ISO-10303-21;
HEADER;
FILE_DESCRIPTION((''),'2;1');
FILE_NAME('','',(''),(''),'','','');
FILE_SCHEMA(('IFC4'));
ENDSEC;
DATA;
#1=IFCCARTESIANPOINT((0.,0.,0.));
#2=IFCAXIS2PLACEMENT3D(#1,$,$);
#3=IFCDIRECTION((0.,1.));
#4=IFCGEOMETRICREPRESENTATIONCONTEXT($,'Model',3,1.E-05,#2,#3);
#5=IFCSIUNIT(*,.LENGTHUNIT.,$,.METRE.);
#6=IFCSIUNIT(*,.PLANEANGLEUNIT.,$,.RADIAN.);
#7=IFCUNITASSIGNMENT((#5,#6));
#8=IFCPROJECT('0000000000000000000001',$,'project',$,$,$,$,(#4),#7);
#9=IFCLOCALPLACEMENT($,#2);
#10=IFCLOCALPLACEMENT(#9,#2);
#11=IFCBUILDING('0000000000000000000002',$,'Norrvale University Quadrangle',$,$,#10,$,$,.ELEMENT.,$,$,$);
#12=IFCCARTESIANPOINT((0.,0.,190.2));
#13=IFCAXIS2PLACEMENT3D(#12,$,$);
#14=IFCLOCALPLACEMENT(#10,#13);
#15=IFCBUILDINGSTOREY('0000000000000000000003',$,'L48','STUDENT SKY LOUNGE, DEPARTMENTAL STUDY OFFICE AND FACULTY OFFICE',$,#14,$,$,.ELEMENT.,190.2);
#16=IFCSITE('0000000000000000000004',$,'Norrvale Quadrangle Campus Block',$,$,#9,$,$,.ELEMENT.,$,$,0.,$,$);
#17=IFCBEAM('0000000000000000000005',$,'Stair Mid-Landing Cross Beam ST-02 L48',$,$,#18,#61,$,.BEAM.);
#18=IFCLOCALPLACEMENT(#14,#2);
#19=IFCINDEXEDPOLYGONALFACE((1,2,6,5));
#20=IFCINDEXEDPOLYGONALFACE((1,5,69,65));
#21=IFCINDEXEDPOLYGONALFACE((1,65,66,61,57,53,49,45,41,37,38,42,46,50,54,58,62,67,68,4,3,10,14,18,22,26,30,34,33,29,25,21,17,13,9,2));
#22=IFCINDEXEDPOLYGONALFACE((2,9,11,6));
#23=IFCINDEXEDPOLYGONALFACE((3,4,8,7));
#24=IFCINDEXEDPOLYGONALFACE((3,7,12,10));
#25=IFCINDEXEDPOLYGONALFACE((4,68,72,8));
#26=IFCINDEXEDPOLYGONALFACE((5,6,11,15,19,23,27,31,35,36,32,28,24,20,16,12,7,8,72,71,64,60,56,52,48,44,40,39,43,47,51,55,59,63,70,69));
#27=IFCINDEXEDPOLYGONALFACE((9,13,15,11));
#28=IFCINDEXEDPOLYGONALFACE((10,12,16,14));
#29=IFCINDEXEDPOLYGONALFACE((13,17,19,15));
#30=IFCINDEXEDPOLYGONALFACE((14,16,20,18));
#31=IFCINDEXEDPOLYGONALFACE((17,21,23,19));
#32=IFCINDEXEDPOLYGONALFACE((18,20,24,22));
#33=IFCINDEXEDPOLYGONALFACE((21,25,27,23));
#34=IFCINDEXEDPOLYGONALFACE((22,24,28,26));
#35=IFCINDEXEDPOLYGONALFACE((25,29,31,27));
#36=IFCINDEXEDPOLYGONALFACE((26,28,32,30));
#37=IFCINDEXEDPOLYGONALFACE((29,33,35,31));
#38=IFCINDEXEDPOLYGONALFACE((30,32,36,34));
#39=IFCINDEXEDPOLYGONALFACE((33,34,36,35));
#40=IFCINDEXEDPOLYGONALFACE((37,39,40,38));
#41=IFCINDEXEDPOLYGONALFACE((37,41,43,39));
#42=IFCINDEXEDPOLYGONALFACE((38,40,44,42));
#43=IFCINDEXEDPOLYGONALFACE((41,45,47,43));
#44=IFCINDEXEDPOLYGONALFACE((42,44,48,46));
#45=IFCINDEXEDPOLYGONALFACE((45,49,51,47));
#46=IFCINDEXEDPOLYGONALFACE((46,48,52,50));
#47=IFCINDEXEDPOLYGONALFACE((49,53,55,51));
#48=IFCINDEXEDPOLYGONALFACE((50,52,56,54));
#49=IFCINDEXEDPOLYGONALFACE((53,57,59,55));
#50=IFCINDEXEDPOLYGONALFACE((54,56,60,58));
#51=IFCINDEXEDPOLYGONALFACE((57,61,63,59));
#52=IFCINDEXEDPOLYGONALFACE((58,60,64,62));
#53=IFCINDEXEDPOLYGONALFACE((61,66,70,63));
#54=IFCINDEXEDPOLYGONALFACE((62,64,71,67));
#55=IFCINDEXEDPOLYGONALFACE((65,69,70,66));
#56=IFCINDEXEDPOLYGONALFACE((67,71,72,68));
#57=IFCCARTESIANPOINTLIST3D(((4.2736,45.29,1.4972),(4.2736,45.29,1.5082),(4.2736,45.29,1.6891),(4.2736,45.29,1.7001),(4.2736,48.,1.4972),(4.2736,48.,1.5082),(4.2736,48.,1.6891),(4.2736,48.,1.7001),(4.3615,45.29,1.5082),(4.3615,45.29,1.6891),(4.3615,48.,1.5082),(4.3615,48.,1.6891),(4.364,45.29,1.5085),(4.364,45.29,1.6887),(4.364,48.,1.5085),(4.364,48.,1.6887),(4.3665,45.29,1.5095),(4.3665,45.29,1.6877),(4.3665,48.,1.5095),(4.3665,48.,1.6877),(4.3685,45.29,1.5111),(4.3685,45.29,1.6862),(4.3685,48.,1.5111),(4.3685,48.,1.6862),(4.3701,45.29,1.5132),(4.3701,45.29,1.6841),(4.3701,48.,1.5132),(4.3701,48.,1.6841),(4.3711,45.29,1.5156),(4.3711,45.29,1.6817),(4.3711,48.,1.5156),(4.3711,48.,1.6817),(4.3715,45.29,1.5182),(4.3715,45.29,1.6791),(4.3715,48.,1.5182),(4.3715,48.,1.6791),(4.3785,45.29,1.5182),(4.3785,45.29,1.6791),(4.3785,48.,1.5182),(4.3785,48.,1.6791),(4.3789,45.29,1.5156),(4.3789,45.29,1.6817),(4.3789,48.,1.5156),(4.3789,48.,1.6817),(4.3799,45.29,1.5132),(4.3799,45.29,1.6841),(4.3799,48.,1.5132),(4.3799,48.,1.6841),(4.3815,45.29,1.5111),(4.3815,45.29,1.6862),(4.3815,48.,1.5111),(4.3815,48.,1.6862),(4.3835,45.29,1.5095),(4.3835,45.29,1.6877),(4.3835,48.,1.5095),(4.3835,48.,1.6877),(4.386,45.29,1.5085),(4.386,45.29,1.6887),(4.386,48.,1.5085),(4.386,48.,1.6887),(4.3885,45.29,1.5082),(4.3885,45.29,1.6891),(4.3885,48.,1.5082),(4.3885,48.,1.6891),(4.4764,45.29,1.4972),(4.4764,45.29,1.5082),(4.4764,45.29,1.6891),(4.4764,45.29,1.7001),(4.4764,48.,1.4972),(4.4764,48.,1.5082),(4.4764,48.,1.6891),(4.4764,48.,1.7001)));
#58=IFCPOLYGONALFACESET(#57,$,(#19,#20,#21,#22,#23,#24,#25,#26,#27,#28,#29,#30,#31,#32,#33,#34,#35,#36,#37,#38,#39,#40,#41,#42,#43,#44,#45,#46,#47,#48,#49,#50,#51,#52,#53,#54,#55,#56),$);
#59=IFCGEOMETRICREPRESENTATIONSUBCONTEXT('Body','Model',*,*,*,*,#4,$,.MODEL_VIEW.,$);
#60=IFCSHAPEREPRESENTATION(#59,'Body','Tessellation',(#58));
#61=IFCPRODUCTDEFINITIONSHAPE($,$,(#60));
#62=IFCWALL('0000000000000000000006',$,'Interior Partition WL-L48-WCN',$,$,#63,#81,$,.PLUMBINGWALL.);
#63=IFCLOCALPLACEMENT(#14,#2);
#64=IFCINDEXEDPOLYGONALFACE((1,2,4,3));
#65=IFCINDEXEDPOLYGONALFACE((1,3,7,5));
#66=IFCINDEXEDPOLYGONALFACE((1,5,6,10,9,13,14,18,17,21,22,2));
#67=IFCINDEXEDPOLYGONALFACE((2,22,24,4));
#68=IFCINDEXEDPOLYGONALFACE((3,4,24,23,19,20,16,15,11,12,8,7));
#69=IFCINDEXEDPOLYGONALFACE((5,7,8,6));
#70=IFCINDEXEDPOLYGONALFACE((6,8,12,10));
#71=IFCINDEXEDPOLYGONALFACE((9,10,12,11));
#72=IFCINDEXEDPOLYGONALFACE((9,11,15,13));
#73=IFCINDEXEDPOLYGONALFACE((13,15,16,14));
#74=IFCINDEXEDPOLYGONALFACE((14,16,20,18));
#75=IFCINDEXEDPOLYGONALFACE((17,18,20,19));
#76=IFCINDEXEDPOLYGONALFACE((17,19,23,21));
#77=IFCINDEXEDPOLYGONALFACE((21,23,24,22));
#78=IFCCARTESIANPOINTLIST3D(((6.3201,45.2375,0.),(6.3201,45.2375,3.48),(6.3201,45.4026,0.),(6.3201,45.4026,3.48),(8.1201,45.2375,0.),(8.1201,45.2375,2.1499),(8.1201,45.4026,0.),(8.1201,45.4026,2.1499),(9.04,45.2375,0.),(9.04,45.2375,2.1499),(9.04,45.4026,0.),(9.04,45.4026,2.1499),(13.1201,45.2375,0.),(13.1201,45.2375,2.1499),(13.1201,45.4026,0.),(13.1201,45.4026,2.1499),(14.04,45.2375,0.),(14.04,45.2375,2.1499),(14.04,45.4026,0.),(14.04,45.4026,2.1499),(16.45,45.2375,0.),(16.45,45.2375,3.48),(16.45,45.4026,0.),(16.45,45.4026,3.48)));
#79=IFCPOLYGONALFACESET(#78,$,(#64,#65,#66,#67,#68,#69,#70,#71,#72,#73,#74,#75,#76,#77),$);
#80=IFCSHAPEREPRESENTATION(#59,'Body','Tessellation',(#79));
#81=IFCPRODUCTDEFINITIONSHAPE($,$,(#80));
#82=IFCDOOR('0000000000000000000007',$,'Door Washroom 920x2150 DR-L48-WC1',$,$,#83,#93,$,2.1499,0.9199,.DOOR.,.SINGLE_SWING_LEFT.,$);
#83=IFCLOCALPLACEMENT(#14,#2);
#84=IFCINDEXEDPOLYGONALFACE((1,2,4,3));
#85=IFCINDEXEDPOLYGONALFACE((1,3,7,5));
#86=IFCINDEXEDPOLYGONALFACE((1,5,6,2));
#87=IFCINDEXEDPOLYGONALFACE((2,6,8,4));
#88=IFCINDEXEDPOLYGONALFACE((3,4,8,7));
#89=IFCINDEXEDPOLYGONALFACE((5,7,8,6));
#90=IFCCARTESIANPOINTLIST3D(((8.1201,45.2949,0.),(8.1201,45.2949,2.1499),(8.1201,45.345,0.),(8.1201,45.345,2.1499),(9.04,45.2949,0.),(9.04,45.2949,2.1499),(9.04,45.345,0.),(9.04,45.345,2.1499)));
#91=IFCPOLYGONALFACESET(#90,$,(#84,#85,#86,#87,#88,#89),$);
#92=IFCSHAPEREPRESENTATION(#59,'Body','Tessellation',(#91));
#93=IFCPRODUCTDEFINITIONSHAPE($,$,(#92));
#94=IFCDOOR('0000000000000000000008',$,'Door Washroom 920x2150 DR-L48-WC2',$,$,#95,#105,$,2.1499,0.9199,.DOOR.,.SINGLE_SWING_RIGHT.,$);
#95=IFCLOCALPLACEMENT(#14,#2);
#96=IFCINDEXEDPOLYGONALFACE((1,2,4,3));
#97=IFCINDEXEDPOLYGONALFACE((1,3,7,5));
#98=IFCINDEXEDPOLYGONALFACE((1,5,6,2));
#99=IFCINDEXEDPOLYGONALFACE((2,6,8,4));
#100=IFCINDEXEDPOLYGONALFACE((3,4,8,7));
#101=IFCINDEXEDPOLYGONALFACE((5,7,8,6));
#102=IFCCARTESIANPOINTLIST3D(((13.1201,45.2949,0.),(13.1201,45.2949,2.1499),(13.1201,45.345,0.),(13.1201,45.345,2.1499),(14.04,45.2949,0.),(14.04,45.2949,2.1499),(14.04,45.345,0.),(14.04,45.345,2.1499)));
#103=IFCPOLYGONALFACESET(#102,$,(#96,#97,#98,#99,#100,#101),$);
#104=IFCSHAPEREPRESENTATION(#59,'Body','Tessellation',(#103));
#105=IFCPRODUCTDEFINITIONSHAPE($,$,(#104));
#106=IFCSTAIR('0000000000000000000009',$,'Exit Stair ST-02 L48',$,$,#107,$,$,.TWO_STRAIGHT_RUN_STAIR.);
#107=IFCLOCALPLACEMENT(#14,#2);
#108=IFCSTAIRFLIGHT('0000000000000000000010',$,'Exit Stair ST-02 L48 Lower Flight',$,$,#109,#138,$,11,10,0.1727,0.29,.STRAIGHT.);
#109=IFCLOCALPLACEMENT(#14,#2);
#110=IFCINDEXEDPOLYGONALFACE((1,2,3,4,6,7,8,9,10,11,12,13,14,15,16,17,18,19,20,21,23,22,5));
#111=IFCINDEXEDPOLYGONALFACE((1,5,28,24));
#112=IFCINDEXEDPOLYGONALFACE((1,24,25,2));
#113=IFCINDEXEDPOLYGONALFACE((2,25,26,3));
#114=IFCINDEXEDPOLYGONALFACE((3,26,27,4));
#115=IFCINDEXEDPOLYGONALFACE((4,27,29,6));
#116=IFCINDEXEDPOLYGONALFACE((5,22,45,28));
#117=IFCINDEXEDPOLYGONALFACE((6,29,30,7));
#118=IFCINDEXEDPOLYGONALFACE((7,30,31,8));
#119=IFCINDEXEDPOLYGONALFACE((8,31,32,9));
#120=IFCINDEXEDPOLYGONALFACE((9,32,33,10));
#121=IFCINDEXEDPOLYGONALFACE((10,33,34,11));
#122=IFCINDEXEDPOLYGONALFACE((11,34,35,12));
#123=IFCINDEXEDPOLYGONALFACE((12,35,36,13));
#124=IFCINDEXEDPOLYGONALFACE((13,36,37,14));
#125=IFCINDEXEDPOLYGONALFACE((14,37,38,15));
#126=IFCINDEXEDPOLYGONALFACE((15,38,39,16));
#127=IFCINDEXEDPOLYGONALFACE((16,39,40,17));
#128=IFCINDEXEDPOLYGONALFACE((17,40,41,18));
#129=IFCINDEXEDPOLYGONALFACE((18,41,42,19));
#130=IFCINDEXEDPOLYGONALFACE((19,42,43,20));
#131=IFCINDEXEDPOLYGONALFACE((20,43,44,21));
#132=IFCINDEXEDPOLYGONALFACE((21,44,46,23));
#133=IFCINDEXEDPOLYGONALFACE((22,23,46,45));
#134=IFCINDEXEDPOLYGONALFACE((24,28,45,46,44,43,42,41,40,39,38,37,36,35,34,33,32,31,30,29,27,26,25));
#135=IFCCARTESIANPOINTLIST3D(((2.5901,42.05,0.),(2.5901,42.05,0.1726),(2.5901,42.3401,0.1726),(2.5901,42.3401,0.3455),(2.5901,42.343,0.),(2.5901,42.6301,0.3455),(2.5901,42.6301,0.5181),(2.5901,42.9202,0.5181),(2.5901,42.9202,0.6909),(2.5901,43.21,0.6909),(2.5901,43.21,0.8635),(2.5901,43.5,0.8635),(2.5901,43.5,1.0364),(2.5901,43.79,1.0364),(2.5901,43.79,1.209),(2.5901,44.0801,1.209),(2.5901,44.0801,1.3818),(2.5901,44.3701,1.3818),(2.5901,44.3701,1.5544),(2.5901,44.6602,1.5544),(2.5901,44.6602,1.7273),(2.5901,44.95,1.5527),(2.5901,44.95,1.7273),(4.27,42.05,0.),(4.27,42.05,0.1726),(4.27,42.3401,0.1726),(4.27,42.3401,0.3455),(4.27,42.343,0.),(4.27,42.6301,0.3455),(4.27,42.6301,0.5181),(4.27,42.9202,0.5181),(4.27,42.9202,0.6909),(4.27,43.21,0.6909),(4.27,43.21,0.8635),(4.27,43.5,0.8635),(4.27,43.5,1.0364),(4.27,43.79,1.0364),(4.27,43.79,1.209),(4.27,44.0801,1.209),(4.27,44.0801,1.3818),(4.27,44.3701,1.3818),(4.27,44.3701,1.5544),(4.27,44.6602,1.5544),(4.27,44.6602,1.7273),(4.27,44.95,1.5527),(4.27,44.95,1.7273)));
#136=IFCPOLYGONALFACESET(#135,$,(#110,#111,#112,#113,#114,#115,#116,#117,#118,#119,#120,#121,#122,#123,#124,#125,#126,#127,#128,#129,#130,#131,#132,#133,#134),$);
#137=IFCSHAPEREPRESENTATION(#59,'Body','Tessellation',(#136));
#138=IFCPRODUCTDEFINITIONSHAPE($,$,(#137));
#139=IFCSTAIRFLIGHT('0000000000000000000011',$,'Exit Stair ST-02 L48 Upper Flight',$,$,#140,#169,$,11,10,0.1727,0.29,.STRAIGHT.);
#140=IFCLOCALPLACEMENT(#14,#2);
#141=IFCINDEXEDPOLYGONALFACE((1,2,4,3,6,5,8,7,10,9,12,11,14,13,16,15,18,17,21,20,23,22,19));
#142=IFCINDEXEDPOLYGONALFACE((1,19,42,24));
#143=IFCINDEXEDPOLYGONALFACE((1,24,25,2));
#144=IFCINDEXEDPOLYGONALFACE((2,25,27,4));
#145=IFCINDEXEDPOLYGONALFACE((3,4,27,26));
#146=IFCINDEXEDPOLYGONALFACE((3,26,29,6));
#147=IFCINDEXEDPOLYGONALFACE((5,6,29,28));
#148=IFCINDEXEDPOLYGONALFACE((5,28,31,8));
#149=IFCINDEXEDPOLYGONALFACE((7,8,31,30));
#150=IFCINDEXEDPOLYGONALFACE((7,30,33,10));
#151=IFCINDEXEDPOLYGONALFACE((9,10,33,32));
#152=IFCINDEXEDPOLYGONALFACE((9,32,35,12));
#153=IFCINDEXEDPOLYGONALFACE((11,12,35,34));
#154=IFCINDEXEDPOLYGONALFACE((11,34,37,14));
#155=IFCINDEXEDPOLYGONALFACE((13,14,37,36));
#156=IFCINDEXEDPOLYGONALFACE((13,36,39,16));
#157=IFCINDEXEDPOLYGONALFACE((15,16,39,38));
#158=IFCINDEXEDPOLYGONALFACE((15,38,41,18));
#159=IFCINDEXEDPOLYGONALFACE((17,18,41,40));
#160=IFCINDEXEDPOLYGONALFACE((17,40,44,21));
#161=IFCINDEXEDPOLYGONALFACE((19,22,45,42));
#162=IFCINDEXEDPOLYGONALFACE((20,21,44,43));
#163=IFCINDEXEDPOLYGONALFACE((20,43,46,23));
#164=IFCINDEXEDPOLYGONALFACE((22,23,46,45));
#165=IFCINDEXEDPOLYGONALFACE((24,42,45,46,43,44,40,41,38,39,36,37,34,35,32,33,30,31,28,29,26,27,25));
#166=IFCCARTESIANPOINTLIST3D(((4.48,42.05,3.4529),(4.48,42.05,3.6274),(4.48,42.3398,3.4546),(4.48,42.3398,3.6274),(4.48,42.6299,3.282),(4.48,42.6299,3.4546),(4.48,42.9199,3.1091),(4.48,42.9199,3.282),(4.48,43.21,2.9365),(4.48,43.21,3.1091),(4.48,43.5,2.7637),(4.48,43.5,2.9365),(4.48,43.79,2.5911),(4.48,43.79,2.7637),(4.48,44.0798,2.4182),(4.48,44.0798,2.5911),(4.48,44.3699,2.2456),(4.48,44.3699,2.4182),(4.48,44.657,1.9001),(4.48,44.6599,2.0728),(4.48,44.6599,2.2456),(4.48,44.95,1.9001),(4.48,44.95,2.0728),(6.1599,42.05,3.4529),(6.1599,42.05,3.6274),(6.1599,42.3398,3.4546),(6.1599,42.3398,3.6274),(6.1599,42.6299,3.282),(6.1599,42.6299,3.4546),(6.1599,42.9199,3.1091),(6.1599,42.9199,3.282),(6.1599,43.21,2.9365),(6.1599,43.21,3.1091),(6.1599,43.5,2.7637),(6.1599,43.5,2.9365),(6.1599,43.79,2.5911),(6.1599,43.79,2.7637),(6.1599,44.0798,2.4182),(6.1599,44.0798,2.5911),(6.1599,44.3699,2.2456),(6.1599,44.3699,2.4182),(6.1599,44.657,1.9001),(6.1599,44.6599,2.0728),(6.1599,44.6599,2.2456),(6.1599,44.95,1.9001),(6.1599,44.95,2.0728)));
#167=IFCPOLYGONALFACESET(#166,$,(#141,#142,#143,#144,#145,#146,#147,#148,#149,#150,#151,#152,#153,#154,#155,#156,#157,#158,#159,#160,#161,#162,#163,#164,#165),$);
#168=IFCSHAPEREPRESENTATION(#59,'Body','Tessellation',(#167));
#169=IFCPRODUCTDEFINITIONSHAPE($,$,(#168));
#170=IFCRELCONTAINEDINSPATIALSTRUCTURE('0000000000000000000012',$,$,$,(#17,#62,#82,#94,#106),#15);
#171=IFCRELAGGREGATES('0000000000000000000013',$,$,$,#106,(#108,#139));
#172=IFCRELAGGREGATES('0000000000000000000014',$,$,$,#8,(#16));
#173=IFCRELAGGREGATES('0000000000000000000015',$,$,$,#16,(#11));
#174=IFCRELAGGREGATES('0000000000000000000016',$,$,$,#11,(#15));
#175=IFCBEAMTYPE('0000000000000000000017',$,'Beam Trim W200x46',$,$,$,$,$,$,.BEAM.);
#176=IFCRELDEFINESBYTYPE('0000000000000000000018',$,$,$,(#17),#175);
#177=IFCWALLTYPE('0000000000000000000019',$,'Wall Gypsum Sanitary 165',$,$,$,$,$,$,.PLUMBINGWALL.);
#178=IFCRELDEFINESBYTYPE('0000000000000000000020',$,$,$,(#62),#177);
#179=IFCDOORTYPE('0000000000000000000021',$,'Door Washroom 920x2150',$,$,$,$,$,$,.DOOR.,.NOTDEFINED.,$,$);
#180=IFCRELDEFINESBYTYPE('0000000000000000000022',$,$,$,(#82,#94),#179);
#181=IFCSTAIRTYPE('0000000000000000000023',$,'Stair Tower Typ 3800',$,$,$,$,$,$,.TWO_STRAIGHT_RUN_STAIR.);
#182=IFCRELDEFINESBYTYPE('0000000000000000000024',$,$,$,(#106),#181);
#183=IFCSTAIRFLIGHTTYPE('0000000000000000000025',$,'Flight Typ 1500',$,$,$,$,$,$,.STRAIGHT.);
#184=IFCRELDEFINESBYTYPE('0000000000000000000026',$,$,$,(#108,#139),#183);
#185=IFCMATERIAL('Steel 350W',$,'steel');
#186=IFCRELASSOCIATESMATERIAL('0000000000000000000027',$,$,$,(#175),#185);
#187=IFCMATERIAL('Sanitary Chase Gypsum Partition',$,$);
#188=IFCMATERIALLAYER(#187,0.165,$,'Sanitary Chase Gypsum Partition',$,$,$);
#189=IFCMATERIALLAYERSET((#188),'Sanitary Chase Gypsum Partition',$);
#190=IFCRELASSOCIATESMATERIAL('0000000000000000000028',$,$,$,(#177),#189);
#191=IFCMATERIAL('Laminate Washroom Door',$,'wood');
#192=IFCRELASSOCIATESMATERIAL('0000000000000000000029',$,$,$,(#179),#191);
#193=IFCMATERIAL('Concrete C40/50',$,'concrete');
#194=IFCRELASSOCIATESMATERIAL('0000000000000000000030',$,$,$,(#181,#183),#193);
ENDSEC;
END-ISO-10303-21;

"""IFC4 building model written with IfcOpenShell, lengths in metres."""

from ifc_helpers import new_model, si_unit, direction, frame, frame_2d, origin, origin_2d, place, context, subcontext, project, spatial, polyline, rectangle, i_section, outline, extrude, material, layer, layer_set, material_profile, profile_set, type_object, element, fill, aggregate, save


model = new_model("IFC4")

# Units and contexts
model_context = context("Model", 3, precision=1e-05, world=origin(), true_north=direction((0.0, 1.0)))
body_context = subcontext(model_context, "Body", "Model", "MODEL_VIEW")
ifc_project = project(units=[si_unit("LENGTHUNIT", "METRE"), si_unit("PLANEANGLEUNIT", "RADIAN")], contexts=[model_context])

# Site, building, storey
site_placement = place(None, origin())
site = spatial("IfcSite", under=ifc_project, at=site_placement, Name="Norrvale Quadrangle Campus Block", CompositionType="ELEMENT", RefElevation=0.0)
building_placement = place(site_placement, origin())
building = spatial("IfcBuilding", under=site, at=building_placement, Name="Norrvale University Quadrangle", CompositionType="ELEMENT")
storey_placement = place(building_placement, frame((0.0, 0.0, 190.2)))
storey = spatial("IfcBuildingStorey", under=building, at=storey_placement, Name="L48", Description="STUDENT SKY LOUNGE, DEPARTMENTAL STUDY OFFICE AND FACULTY OFFICE", CompositionType="ELEMENT", Elevation=190.2)

# Beam
ifc_material_1 = material(Name="Steel 350W", Category="steel")
ifc_material_profile_1 = material_profile(ifc_material_1, i_section(OverallWidth=0.2029, OverallDepth=0.2029, WebThickness=0.0071, FlangeThickness=0.011, FilletRadius=0.01, at=origin_2d()), Name="Steel 350W")
ifc_profile_set_1 = profile_set([ifc_material_profile_1], Name="Steel 350W")
beam_type_1 = type_object("IfcBeamType", Name="Beam Trim W200x46", PredefinedType="BEAM", material=ifc_profile_set_1)
beam_1_placement = place(storey_placement, frame((4.375, 45.29, 1.5986), z_axis=(0.0, 1.0, 0.0), x_axis=(-1.0, 0.0, 0.0)))
element("IfcBeam", 1, at=beam_1_placement, inside=storey, type_object=beam_type_1, Name="Stair Mid-Landing Cross Beam ST-02 L48", PredefinedType="BEAM", context=body_context, shape_type="SweptSolid", body=[
    extrude(i_section(OverallWidth=0.2029, OverallDepth=0.2029, WebThickness=0.0071, FlangeThickness=0.011, FilletRadius=0.01, at=origin_2d()), origin(), (0.0, 0.0, 1.0), 2.71),
])

# Wall, openings, doors
ifc_material_2 = material(Name="Sanitary Chase Gypsum Partition")
ifc_layer = layer(ifc_material_2, 0.165, Name="Sanitary Chase Gypsum Partition")
ifc_layer_set = layer_set([ifc_layer], Name="Sanitary Chase Gypsum Partition")
wall_type = type_object("IfcWallType", Name="Wall Gypsum Sanitary 165", PredefinedType="PLUMBINGWALL", material=ifc_layer_set)
wall_placement = place(storey_placement, frame((6.3201, 45.3201, 0.0), z_axis=(0.0, 0.0, 1.0), x_axis=(1.0, 0.0, 0.0)))
wall = element("IfcWall", 2, at=wall_placement, inside=storey, type_object=wall_type, Name="Interior Partition WL-L48-WCN", PredefinedType="PLUMBINGWALL", context=body_context, shape_type="SweptSolid", body=[
    extrude(rectangle(XDim=10.1299, YDim=0.165, at=frame_2d((5.0649, 0.0))), origin(), (0.0, 0.0, 1.0), 3.48),
])
opening_1_placement = place(wall_placement, frame((1.8, 0.0, 0.0)))
opening_1 = element("IfcOpeningElement", 3, at=opening_1_placement, cuts=wall, PredefinedType="OPENING", context=body_context, shape_type="SweptSolid", body=[
    extrude(rectangle(XDim=0.9199, YDim=2.1499, at=frame_2d((0.46, 1.075))), frame((0.0, 0.0945, 0.0), z_axis=(0.0, -1.0, 0.0), x_axis=(1.0, 0.0, 0.0)), (0.0, 0.0, 1.0), 0.189),
])
opening_2_placement = place(wall_placement, frame((6.8, 0.0, 0.0)))
opening_2 = element("IfcOpeningElement", 4, at=opening_2_placement, cuts=wall, PredefinedType="OPENING", context=body_context, shape_type="SweptSolid", body=[
    extrude(rectangle(XDim=0.9199, YDim=2.1499, at=frame_2d((0.46, 1.075))), frame((0.0, 0.0945, 0.0), z_axis=(0.0, -1.0, 0.0), x_axis=(1.0, 0.0, 0.0)), (0.0, 0.0, 1.0), 0.189),
])
ifc_material_3 = material(Name="Laminate Washroom Door", Category="wood")
door_type = type_object("IfcDoorType", Name="Door Washroom 920x2150", OperationType="NOTDEFINED", PredefinedType="DOOR", material=ifc_material_3)
door_1_placement = place(opening_1_placement, origin())
door_1 = element("IfcDoor", 5, at=door_1_placement, inside=storey, type_object=door_type, Name="Door Washroom 920x2150 DR-L48-WC1", OperationType="SINGLE_SWING_LEFT", OverallHeight=2.1499, OverallWidth=0.9199, PredefinedType="DOOR", context=body_context, shape_type="SweptSolid", body=[
    extrude(rectangle(XDim=0.9199, YDim=2.1499, at=frame_2d((0.46, 1.075))), frame((0.0, 0.0249, 0.0), z_axis=(0.0, -1.0, 0.0), x_axis=(1.0, 0.0, 0.0)), (0.0, 0.0, 1.0), 0.05),
])
fill(opening_1, door_1)
door_2_placement = place(opening_2_placement, origin())
door_2 = element("IfcDoor", 6, at=door_2_placement, inside=storey, type_object=door_type, Name="Door Washroom 920x2150 DR-L48-WC2", OperationType="SINGLE_SWING_RIGHT", OverallHeight=2.1499, OverallWidth=0.9199, PredefinedType="DOOR", context=body_context, shape_type="SweptSolid", body=[
    extrude(rectangle(XDim=0.9199, YDim=2.1499, at=frame_2d((0.46, 1.075))), frame((0.0, 0.0249, 0.0), z_axis=(0.0, -1.0, 0.0), x_axis=(1.0, 0.0, 0.0)), (0.0, 0.0, 1.0), 0.05),
])
fill(opening_2, door_2)

# Stair, stair flights
ifc_material_4 = material(Name="Concrete C40/50", Category="concrete")
stair_type = type_object("IfcStairType", Name="Stair Tower Typ 3800", PredefinedType="TWO_STRAIGHT_RUN_STAIR", material=ifc_material_4)
stair_placement = place(storey_placement, origin())
stair = element("IfcStair", 7, at=stair_placement, inside=storey, type_object=stair_type, Name="Exit Stair ST-02 L48", PredefinedType="TWO_STRAIGHT_RUN_STAIR")
stair_flight_type = type_object("IfcStairFlightType", Name="Flight Typ 1500", PredefinedType="STRAIGHT", material=ifc_material_4)
stair_flight_1_placement = place(storey_placement, frame((3.4299, 42.05, 0.0), z_axis=(0.0, 0.0, 1.0), x_axis=(0.0, 1.0, 0.0)))
stair_flight_1 = element("IfcStairFlight", 8, at=stair_flight_1_placement, type_object=stair_flight_type, Name="Exit Stair ST-02 L48 Lower Flight", NumberOfRisers=11, NumberOfTreads=10, PredefinedType="STRAIGHT", RiserHeight=0.1727, TreadLength=0.29, context=body_context, shape_type="SweptSolid", body=[
    extrude(outline(polyline([(0.0, 0.0), (0.0, 0.1726), (0.29, 0.1726), (0.29, 0.3455), (0.5801, 0.3455), (0.5801, 0.5181), (0.8701, 0.5181), (0.8701, 0.6909), (1.1599, 0.6909), (1.1599, 0.8635), (1.45, 0.8635), (1.45, 1.0364), (1.74, 1.0364), (1.74, 1.209), (2.03, 1.209), (2.03, 1.3818), (2.3201, 1.3818), (2.3201, 1.5544), (2.6101, 1.5544), (2.6101, 1.7273), (2.8999, 1.7273), (2.8999, 1.8999), (2.8999, 1.5527), (0.293, 0.0), (0.0, 0.0)])), frame((0.0, 0.8398, 0.0), z_axis=(0.0, -1.0, 0.0), x_axis=(1.0, 0.0, 0.0)), (0.0, 0.0, 1.0), 1.6799),
])
stair_flight_2_placement = place(storey_placement, frame((5.3201, 44.95, 1.9001), z_axis=(0.0, 0.0, 1.0), x_axis=(0.0, -1.0, 0.0)))
stair_flight_2 = element("IfcStairFlight", 9, at=stair_flight_2_placement, type_object=stair_flight_type, Name="Exit Stair ST-02 L48 Upper Flight", NumberOfRisers=11, NumberOfTreads=10, PredefinedType="STRAIGHT", RiserHeight=0.1727, TreadLength=0.29, context=body_context, shape_type="SweptSolid", body=[
    extrude(outline(polyline([(0.0, 0.0), (0.0, 0.1726), (0.29, 0.1726), (0.29, 0.3455), (0.5801, 0.3455), (0.5801, 0.5181), (0.8701, 0.5181), (0.8701, 0.6909), (1.1599, 0.6909), (1.1599, 0.8635), (1.45, 0.8635), (1.45, 1.0364), (1.74, 1.0364), (1.74, 1.209), (2.03, 1.209), (2.03, 1.3818), (2.3201, 1.3818), (2.3201, 1.5544), (2.6101, 1.5544), (2.6101, 1.7273), (2.8999, 1.7273), (2.8999, 1.8999), (2.8999, 1.5527), (0.293, 0.0), (0.0, 0.0)])), frame((0.0, 0.8398, 0.0), z_axis=(0.0, -1.0, 0.0), x_axis=(1.0, 0.0, 0.0)), (0.0, 0.0, 1.0), 1.6799),
])
aggregate(stair, [stair_flight_1, stair_flight_2])

save(model, "model.ifc")
